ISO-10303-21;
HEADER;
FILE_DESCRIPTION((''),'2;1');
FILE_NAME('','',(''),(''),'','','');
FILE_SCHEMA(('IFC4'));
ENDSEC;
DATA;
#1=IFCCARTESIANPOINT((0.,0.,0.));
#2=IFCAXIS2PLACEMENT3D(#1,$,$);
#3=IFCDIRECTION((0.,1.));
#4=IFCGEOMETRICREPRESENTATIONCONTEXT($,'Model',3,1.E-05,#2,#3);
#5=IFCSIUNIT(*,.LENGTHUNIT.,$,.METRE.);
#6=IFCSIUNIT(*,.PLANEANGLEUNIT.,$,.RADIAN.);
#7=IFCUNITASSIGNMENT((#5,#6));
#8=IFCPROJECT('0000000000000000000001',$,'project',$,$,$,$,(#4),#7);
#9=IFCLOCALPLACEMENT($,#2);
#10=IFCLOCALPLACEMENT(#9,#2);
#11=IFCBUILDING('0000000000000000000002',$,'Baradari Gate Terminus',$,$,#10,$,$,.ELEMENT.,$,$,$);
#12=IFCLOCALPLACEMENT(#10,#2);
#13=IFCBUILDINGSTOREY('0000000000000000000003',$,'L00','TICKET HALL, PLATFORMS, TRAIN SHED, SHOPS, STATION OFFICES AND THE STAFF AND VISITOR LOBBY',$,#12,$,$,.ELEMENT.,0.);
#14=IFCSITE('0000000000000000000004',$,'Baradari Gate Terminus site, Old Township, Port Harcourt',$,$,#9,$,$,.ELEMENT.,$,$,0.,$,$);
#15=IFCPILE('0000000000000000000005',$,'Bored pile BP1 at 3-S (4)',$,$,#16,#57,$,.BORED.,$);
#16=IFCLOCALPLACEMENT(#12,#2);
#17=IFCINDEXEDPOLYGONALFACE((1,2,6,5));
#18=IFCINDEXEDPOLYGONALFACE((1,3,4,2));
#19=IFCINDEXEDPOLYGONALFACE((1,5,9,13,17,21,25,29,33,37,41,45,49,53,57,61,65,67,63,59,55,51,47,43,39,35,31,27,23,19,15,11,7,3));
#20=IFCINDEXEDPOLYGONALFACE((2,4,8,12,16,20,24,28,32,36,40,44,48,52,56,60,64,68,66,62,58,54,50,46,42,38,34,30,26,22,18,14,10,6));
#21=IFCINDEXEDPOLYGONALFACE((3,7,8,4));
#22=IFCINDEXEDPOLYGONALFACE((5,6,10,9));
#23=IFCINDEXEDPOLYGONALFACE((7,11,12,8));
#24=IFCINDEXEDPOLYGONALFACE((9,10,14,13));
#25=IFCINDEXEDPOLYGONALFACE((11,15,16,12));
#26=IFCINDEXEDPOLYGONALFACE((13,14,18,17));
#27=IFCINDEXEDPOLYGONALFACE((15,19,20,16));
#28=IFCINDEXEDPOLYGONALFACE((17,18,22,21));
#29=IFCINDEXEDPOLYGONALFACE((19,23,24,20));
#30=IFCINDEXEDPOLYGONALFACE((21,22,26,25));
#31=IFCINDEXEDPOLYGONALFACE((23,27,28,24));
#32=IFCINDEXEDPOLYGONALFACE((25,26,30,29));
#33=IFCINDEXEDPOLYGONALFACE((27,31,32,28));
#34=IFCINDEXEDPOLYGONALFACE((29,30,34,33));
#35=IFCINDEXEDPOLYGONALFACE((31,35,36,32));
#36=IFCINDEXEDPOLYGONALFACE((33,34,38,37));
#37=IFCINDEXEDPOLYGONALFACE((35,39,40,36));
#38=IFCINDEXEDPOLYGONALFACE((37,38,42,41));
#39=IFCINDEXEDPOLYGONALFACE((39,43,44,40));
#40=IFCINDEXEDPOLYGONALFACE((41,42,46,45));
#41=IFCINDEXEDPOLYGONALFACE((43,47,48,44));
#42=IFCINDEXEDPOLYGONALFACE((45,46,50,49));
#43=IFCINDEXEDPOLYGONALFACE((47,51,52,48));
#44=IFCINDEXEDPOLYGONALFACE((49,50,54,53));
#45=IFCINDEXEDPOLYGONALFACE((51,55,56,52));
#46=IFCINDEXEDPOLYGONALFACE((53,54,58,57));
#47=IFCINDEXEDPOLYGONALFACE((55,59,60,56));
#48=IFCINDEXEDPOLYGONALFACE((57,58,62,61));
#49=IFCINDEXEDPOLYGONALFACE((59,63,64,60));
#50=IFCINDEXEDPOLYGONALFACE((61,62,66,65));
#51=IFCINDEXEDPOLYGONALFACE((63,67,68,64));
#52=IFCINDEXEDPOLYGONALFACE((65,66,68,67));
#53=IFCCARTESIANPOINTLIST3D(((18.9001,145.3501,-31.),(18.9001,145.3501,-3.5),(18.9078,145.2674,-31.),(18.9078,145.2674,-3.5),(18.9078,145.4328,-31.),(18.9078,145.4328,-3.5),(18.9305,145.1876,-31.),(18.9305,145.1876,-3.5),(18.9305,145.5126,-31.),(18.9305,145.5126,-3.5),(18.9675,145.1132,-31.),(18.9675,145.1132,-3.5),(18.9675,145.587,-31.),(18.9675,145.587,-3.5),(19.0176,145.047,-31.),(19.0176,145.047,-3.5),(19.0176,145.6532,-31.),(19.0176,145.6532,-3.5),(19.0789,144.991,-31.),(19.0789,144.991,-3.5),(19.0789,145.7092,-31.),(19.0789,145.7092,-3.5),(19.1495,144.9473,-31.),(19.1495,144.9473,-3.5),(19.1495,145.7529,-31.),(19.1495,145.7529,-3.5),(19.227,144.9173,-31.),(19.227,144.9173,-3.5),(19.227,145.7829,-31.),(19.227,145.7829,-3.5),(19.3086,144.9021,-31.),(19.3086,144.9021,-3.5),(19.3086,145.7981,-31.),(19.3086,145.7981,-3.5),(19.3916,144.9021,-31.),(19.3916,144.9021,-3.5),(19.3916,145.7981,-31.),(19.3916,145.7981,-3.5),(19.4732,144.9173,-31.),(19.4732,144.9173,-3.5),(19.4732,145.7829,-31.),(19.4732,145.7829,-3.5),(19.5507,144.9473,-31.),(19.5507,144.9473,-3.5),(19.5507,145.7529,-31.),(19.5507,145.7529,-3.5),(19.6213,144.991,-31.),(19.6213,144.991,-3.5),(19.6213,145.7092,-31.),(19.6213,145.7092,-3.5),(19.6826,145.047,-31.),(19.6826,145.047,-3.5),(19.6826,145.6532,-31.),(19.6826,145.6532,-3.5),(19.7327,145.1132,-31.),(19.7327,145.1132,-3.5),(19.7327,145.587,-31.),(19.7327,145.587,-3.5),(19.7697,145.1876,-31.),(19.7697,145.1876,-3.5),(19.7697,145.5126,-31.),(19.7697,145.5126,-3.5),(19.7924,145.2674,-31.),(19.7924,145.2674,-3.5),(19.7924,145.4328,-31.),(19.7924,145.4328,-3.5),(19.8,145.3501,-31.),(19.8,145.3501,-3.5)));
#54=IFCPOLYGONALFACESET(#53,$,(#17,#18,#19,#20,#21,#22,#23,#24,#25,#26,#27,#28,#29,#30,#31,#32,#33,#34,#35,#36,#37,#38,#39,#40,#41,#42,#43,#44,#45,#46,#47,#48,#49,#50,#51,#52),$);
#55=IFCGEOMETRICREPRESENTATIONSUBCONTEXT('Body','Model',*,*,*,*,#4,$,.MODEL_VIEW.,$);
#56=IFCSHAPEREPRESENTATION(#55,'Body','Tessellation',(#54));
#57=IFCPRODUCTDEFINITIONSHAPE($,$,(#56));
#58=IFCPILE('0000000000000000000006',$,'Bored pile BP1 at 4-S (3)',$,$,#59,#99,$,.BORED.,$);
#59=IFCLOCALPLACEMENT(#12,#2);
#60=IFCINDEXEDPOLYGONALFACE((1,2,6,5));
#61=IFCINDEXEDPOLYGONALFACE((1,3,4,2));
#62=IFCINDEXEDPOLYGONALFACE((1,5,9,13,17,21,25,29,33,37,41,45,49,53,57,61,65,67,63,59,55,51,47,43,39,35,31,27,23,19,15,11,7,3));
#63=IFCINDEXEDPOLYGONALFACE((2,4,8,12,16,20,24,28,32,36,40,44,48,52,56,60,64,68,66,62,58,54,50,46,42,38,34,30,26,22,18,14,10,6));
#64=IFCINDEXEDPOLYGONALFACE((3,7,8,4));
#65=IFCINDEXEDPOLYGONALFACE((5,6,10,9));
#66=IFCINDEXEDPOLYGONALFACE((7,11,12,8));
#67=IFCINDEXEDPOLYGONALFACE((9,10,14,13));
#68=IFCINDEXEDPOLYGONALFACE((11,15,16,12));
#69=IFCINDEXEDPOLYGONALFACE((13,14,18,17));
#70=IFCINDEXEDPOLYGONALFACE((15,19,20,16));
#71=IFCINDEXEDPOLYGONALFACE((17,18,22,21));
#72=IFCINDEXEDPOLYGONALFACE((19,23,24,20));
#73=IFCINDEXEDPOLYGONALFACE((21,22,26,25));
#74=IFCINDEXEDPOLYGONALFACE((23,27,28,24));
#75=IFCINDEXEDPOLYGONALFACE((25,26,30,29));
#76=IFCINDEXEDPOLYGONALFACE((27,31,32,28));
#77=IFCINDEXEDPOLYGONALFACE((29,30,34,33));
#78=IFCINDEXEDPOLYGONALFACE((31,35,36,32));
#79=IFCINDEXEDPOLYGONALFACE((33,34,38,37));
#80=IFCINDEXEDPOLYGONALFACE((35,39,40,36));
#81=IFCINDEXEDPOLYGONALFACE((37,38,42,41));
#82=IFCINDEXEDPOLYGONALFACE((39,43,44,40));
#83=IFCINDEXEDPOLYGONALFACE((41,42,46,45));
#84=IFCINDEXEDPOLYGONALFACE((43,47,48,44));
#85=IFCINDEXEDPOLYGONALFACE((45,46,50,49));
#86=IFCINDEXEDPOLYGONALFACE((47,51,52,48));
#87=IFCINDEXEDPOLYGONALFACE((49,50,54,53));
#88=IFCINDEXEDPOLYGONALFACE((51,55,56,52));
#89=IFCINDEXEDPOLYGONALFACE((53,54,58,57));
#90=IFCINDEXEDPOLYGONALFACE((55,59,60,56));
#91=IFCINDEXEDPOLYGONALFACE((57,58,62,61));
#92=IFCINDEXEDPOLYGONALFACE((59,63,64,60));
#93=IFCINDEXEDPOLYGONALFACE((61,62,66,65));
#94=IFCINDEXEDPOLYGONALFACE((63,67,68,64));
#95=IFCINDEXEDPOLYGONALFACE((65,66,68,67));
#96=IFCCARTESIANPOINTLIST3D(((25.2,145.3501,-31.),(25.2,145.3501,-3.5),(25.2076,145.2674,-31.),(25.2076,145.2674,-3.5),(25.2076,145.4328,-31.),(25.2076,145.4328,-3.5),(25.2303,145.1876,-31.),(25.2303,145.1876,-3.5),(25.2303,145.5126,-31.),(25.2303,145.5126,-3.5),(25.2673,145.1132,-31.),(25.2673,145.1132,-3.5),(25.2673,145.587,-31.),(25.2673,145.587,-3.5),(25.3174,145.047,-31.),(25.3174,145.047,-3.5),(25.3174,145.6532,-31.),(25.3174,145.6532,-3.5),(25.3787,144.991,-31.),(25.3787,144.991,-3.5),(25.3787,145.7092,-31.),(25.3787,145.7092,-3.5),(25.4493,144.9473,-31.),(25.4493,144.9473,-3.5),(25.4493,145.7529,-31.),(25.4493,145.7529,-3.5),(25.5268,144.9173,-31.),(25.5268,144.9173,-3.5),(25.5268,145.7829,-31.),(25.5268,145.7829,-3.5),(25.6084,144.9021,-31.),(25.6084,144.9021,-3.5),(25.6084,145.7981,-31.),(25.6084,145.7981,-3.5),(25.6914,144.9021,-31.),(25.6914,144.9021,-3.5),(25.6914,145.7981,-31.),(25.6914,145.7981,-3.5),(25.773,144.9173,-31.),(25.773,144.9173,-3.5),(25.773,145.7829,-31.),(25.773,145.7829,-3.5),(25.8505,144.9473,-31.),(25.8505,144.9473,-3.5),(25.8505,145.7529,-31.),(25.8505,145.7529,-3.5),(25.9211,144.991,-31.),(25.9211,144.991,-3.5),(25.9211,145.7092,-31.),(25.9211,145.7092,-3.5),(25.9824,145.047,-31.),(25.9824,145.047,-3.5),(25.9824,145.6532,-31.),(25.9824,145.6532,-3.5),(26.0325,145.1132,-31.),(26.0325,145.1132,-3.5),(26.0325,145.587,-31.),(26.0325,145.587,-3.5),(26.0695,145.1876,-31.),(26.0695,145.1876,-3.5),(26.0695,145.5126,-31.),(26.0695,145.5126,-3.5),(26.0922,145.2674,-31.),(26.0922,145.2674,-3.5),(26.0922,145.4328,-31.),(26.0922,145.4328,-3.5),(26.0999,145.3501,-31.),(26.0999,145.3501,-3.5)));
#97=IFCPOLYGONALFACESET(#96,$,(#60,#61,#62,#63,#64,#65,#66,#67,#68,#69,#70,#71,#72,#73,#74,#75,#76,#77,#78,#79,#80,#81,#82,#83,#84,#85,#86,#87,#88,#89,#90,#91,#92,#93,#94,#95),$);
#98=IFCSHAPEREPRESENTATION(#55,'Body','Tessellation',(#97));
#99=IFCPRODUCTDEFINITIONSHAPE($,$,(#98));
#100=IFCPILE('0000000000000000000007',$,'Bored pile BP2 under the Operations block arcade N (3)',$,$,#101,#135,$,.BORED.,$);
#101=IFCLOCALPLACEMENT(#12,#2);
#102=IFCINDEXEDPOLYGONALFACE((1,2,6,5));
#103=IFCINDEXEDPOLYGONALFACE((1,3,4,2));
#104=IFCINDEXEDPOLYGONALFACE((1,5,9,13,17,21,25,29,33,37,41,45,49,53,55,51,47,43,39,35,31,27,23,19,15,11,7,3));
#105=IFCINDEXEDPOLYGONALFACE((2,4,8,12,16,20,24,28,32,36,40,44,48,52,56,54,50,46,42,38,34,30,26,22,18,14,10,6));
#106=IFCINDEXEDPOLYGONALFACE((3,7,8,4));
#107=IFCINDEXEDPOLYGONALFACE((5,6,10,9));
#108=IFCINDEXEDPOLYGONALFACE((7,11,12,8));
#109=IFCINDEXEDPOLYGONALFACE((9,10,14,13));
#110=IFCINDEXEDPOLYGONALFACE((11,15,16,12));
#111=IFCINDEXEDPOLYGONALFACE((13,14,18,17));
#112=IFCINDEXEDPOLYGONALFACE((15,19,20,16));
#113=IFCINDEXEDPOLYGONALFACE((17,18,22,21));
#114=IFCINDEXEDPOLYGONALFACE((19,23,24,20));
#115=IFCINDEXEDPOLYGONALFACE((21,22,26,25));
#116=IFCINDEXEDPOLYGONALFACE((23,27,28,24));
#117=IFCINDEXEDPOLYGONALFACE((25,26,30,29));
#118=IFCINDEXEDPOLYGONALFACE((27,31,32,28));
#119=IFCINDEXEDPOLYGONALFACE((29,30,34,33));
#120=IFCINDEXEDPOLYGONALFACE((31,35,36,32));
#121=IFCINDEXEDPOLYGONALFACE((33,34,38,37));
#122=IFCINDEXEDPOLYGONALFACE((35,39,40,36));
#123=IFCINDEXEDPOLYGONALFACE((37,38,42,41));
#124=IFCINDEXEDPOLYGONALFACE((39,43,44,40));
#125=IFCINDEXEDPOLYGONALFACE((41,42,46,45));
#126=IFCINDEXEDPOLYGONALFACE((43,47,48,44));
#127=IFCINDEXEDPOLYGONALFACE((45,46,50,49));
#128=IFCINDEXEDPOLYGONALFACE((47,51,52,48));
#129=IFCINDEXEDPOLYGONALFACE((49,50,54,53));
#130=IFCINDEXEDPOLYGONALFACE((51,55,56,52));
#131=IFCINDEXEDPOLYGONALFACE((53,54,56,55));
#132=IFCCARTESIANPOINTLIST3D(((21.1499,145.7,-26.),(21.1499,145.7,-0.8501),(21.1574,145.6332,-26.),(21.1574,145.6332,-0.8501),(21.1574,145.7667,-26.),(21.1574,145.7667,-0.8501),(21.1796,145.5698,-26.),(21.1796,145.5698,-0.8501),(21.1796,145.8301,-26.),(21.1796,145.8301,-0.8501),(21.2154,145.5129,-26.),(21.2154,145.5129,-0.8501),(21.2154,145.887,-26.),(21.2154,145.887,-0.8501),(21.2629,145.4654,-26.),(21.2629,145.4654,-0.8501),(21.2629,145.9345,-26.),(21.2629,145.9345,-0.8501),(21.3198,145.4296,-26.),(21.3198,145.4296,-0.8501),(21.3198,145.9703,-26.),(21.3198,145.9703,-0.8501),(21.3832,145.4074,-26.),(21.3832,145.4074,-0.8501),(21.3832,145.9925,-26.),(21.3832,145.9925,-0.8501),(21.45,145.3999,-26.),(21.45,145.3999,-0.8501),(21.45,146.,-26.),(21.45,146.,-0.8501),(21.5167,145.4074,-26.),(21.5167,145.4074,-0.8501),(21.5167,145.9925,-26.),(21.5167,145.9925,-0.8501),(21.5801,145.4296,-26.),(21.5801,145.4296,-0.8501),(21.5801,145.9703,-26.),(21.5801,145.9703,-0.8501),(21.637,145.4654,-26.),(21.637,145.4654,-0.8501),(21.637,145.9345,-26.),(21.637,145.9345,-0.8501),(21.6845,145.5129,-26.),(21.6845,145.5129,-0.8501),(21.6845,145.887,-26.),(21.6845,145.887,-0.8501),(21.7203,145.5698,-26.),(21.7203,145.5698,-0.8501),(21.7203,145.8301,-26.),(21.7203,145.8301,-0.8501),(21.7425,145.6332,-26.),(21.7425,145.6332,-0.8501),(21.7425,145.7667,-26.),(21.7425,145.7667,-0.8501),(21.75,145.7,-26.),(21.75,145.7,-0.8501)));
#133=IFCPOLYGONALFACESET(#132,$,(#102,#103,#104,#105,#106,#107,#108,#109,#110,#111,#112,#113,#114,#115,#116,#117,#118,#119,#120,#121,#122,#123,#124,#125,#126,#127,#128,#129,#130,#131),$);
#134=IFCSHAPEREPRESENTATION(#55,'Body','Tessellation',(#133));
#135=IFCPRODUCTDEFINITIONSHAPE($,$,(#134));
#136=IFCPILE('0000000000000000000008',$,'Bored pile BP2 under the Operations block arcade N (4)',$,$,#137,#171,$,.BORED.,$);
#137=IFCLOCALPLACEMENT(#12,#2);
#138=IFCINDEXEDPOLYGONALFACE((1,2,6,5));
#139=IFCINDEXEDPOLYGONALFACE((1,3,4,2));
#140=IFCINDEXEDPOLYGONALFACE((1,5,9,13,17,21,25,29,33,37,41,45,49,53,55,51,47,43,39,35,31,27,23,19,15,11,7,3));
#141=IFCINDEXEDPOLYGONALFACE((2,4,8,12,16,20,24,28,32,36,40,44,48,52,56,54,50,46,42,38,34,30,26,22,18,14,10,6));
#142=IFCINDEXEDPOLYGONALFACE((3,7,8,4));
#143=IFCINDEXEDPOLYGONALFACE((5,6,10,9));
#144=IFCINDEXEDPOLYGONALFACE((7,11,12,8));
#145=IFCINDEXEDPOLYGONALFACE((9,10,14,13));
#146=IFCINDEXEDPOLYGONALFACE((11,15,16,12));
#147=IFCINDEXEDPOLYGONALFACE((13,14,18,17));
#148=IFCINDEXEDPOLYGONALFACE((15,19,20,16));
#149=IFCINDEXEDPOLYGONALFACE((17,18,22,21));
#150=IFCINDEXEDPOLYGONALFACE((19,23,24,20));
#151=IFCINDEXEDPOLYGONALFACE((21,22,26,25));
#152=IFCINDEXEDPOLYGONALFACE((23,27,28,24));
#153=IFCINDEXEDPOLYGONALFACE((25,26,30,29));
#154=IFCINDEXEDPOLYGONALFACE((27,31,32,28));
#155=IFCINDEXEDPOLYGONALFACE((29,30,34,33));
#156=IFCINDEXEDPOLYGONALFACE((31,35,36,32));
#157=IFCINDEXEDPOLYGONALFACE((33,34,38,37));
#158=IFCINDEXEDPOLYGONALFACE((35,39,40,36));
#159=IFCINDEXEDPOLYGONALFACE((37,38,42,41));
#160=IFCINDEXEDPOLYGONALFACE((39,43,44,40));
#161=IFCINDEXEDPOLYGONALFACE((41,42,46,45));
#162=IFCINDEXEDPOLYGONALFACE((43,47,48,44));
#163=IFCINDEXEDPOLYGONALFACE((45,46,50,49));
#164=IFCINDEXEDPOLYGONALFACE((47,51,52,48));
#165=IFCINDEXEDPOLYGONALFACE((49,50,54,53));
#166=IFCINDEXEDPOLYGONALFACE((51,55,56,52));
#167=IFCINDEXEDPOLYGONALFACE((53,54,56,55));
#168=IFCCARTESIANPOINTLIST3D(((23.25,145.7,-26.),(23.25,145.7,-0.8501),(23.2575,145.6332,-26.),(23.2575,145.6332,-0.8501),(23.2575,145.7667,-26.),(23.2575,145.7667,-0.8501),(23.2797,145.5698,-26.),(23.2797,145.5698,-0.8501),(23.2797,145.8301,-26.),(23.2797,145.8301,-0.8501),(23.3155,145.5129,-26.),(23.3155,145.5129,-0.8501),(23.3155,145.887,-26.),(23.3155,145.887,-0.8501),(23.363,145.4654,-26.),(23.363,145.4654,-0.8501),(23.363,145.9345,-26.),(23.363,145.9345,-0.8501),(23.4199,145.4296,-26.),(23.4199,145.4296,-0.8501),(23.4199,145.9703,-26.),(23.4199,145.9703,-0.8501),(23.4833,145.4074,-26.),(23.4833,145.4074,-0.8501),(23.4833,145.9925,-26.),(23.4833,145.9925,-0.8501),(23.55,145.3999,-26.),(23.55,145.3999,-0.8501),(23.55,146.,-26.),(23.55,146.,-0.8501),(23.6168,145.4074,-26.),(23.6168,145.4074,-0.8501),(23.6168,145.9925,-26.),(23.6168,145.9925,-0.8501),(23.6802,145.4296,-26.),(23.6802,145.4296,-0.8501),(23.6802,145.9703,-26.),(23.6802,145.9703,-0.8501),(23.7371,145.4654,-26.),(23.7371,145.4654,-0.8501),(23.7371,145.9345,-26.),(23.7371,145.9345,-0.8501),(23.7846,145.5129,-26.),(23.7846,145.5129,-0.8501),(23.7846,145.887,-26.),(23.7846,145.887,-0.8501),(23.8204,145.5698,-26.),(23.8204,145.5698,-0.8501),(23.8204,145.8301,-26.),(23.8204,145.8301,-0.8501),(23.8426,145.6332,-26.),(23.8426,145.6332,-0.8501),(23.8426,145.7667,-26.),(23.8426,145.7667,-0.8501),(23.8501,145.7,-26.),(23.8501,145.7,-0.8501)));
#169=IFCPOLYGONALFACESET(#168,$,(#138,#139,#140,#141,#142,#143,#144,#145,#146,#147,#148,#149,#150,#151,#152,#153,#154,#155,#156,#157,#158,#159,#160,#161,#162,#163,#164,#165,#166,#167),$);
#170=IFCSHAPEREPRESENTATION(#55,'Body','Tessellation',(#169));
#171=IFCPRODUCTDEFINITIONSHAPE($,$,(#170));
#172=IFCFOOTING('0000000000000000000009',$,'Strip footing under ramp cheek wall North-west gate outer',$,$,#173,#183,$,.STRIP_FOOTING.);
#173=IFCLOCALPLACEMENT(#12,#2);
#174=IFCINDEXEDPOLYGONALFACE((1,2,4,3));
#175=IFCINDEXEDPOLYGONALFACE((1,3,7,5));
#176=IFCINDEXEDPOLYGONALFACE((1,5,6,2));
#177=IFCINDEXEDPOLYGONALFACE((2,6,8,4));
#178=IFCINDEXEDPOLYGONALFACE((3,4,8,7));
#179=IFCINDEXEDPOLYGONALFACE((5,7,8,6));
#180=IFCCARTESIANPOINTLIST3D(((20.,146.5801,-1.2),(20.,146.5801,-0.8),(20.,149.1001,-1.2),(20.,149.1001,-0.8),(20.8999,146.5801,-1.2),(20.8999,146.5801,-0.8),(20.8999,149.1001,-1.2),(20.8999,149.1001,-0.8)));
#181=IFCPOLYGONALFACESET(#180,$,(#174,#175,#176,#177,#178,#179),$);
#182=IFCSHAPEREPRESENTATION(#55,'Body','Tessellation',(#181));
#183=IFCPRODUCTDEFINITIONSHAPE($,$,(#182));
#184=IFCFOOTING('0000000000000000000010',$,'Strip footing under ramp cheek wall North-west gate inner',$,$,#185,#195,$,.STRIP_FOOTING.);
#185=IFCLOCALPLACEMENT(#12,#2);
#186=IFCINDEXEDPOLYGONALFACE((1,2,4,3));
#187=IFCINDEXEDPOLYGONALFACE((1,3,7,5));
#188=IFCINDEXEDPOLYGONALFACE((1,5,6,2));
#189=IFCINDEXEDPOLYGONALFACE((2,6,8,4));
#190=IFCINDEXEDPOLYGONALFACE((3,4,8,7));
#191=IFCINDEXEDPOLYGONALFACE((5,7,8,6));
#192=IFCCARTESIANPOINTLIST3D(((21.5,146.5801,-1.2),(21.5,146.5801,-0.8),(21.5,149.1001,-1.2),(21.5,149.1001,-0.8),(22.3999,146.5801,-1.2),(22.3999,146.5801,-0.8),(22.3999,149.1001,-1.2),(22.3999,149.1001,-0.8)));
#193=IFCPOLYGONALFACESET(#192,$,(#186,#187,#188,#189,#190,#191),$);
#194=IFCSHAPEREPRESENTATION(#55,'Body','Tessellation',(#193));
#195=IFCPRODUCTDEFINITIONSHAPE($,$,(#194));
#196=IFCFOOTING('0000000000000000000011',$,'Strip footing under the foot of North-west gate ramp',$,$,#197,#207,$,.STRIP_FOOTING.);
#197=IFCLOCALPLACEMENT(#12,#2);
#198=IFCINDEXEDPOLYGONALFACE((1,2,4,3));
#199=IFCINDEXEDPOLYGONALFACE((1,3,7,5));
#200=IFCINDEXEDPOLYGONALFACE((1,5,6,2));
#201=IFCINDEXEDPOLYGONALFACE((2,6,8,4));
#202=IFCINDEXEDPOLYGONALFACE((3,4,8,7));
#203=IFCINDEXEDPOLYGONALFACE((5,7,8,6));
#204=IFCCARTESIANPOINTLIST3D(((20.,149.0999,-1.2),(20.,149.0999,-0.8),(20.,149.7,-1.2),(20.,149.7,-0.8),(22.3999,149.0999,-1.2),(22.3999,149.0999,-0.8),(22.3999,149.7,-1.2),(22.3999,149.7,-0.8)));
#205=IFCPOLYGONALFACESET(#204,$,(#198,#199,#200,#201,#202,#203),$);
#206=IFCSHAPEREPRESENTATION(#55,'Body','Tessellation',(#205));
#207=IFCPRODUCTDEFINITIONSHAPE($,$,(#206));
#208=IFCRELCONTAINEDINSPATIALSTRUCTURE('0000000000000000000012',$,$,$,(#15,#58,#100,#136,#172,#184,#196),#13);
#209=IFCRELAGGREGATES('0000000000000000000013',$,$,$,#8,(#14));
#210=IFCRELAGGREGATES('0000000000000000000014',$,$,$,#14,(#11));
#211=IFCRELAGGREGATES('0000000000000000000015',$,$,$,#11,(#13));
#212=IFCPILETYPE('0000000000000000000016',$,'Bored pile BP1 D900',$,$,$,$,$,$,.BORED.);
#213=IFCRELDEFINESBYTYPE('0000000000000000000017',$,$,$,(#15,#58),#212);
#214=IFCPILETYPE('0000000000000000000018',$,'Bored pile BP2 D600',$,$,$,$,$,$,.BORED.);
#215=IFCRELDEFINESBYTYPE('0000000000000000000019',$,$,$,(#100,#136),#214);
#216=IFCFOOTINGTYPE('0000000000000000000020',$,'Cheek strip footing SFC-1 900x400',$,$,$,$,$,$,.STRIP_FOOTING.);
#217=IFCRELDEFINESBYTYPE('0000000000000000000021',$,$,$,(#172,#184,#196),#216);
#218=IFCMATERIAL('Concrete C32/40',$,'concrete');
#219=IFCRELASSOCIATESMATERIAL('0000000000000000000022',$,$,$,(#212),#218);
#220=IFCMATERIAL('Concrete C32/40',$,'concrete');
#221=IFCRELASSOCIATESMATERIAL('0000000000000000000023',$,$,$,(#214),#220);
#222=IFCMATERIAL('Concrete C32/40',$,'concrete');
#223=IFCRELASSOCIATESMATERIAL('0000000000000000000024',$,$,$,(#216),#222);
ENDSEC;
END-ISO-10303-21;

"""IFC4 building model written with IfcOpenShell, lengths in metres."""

from ifc_helpers import new_model, si_unit, direction, frame, origin, origin_2d, place, context, subcontext, project, spatial, rectangle, circle, extrude, material, type_object, element, save


model = new_model("IFC4")

# Units and contexts
model_context = context("Model", 3, precision=1e-05, world=origin(), true_north=direction((0.0, 1.0)))
body_context = subcontext(model_context, "Body", "Model", "MODEL_VIEW")
ifc_project = project(units=[si_unit("LENGTHUNIT", "METRE"), si_unit("PLANEANGLEUNIT", "RADIAN")], contexts=[model_context])

# Site, building, storey
site_placement = place(None, origin())
site = spatial("IfcSite", under=ifc_project, at=site_placement, Name="Baradari Gate Terminus site, Old Township, Port Harcourt", CompositionType="ELEMENT", RefElevation=0.0)
building_placement = place(site_placement, origin())
building = spatial("IfcBuilding", under=site, at=building_placement, Name="Baradari Gate Terminus", CompositionType="ELEMENT")
storey_placement = place(building_placement, origin())
storey = spatial("IfcBuildingStorey", under=building, at=storey_placement, Name="L00", Description="TICKET HALL, PLATFORMS, TRAIN SHED, SHOPS, STATION OFFICES AND THE STAFF AND VISITOR LOBBY", CompositionType="ELEMENT", Elevation=0.0)

# Piles
ifc_material_1 = material(Name="Concrete C32/40", Category="concrete")
pile_type_1 = type_object("IfcPileType", Name="Bored pile BP1 D900", PredefinedType="BORED", material=ifc_material_1)
for number, where, z_axis, x_axis, name in (
    (1, (19.3501, 145.3501, -3.5), (0.0, 0.0, -1.0), (1.0, 0.0, 0.0), "Bored pile BP1 at 3-S (4)"),
    (2, (25.6499, 145.3501, -3.5), (0.0, 0.0, -1.0), (1.0, 0.0, 0.0), "Bored pile BP1 at 4-S (3)"),
):
    element("IfcPile", number, at=place(storey_placement, frame(where, z_axis=z_axis, x_axis=x_axis)), inside=storey, type_object=pile_type_1, Name=name, PredefinedType="BORED", context=body_context, shape_type="SweptSolid", body=[
        extrude(circle(Radius=0.45, at=origin_2d()), origin(), (0.0, 0.0, 1.0), 27.5),
    ])
ifc_material_2 = material(Name="Concrete C32/40", Category="concrete")
pile_type_2 = type_object("IfcPileType", Name="Bored pile BP2 D600", PredefinedType="BORED", material=ifc_material_2)
for number, where, z_axis, x_axis, name in (
    (3, (21.45, 145.7, -0.8501), (0.0, 0.0, -1.0), (1.0, 0.0, 0.0), "Bored pile BP2 under the Operations block arcade N (3)"),
    (4, (23.55, 145.7, -0.8501), (0.0, 0.0, -1.0), (1.0, 0.0, 0.0), "Bored pile BP2 under the Operations block arcade N (4)"),
):
    element("IfcPile", number, at=place(storey_placement, frame(where, z_axis=z_axis, x_axis=x_axis)), inside=storey, type_object=pile_type_2, Name=name, PredefinedType="BORED", context=body_context, shape_type="SweptSolid", body=[
        extrude(circle(Radius=0.3, at=origin_2d()), origin(), (0.0, 0.0, 1.0), 25.1499),
    ])

# Footings
ifc_material_3 = material(Name="Concrete C32/40", Category="concrete")
footing_type_1 = type_object("IfcFootingType", Name="Cheek strip footing SFC-1 900x400", PredefinedType="STRIP_FOOTING", material=ifc_material_3)
for number, where, z_axis, x_axis, name in (
    (5, (20.45, 147.8401, -1.2), (0.0, 0.0, 1.0), (1.0, 0.0, 0.0), "Strip footing under ramp cheek wall North-west gate outer"),
    (6, (21.95, 147.8401, -1.2), (0.0, 0.0, 1.0), (1.0, 0.0, 0.0), "Strip footing under ramp cheek wall North-west gate inner"),
):
    element("IfcFooting", number, at=place(storey_placement, frame(where, z_axis=z_axis, x_axis=x_axis)), inside=storey, type_object=footing_type_1, Name=name, PredefinedType="STRIP_FOOTING", context=body_context, shape_type="SweptSolid", body=[
        extrude(rectangle(XDim=0.8999, YDim=2.52, at=origin_2d()), origin(), (0.0, 0.0, 1.0), 0.3999),
    ])
footing_1_placement = place(storey_placement, frame((21.2, 149.3999, -1.2), z_axis=(0.0, 0.0, 1.0), x_axis=(1.0, 0.0, 0.0)))
element("IfcFooting", 7, at=footing_1_placement, inside=storey, type_object=footing_type_1, Name="Strip footing under the foot of North-west gate ramp", PredefinedType="STRIP_FOOTING", context=body_context, shape_type="SweptSolid", body=[
    extrude(rectangle(XDim=2.3999, YDim=0.6001, at=origin_2d()), origin(), (0.0, 0.0, 1.0), 0.3999),
])

save(model, "model.ifc")
